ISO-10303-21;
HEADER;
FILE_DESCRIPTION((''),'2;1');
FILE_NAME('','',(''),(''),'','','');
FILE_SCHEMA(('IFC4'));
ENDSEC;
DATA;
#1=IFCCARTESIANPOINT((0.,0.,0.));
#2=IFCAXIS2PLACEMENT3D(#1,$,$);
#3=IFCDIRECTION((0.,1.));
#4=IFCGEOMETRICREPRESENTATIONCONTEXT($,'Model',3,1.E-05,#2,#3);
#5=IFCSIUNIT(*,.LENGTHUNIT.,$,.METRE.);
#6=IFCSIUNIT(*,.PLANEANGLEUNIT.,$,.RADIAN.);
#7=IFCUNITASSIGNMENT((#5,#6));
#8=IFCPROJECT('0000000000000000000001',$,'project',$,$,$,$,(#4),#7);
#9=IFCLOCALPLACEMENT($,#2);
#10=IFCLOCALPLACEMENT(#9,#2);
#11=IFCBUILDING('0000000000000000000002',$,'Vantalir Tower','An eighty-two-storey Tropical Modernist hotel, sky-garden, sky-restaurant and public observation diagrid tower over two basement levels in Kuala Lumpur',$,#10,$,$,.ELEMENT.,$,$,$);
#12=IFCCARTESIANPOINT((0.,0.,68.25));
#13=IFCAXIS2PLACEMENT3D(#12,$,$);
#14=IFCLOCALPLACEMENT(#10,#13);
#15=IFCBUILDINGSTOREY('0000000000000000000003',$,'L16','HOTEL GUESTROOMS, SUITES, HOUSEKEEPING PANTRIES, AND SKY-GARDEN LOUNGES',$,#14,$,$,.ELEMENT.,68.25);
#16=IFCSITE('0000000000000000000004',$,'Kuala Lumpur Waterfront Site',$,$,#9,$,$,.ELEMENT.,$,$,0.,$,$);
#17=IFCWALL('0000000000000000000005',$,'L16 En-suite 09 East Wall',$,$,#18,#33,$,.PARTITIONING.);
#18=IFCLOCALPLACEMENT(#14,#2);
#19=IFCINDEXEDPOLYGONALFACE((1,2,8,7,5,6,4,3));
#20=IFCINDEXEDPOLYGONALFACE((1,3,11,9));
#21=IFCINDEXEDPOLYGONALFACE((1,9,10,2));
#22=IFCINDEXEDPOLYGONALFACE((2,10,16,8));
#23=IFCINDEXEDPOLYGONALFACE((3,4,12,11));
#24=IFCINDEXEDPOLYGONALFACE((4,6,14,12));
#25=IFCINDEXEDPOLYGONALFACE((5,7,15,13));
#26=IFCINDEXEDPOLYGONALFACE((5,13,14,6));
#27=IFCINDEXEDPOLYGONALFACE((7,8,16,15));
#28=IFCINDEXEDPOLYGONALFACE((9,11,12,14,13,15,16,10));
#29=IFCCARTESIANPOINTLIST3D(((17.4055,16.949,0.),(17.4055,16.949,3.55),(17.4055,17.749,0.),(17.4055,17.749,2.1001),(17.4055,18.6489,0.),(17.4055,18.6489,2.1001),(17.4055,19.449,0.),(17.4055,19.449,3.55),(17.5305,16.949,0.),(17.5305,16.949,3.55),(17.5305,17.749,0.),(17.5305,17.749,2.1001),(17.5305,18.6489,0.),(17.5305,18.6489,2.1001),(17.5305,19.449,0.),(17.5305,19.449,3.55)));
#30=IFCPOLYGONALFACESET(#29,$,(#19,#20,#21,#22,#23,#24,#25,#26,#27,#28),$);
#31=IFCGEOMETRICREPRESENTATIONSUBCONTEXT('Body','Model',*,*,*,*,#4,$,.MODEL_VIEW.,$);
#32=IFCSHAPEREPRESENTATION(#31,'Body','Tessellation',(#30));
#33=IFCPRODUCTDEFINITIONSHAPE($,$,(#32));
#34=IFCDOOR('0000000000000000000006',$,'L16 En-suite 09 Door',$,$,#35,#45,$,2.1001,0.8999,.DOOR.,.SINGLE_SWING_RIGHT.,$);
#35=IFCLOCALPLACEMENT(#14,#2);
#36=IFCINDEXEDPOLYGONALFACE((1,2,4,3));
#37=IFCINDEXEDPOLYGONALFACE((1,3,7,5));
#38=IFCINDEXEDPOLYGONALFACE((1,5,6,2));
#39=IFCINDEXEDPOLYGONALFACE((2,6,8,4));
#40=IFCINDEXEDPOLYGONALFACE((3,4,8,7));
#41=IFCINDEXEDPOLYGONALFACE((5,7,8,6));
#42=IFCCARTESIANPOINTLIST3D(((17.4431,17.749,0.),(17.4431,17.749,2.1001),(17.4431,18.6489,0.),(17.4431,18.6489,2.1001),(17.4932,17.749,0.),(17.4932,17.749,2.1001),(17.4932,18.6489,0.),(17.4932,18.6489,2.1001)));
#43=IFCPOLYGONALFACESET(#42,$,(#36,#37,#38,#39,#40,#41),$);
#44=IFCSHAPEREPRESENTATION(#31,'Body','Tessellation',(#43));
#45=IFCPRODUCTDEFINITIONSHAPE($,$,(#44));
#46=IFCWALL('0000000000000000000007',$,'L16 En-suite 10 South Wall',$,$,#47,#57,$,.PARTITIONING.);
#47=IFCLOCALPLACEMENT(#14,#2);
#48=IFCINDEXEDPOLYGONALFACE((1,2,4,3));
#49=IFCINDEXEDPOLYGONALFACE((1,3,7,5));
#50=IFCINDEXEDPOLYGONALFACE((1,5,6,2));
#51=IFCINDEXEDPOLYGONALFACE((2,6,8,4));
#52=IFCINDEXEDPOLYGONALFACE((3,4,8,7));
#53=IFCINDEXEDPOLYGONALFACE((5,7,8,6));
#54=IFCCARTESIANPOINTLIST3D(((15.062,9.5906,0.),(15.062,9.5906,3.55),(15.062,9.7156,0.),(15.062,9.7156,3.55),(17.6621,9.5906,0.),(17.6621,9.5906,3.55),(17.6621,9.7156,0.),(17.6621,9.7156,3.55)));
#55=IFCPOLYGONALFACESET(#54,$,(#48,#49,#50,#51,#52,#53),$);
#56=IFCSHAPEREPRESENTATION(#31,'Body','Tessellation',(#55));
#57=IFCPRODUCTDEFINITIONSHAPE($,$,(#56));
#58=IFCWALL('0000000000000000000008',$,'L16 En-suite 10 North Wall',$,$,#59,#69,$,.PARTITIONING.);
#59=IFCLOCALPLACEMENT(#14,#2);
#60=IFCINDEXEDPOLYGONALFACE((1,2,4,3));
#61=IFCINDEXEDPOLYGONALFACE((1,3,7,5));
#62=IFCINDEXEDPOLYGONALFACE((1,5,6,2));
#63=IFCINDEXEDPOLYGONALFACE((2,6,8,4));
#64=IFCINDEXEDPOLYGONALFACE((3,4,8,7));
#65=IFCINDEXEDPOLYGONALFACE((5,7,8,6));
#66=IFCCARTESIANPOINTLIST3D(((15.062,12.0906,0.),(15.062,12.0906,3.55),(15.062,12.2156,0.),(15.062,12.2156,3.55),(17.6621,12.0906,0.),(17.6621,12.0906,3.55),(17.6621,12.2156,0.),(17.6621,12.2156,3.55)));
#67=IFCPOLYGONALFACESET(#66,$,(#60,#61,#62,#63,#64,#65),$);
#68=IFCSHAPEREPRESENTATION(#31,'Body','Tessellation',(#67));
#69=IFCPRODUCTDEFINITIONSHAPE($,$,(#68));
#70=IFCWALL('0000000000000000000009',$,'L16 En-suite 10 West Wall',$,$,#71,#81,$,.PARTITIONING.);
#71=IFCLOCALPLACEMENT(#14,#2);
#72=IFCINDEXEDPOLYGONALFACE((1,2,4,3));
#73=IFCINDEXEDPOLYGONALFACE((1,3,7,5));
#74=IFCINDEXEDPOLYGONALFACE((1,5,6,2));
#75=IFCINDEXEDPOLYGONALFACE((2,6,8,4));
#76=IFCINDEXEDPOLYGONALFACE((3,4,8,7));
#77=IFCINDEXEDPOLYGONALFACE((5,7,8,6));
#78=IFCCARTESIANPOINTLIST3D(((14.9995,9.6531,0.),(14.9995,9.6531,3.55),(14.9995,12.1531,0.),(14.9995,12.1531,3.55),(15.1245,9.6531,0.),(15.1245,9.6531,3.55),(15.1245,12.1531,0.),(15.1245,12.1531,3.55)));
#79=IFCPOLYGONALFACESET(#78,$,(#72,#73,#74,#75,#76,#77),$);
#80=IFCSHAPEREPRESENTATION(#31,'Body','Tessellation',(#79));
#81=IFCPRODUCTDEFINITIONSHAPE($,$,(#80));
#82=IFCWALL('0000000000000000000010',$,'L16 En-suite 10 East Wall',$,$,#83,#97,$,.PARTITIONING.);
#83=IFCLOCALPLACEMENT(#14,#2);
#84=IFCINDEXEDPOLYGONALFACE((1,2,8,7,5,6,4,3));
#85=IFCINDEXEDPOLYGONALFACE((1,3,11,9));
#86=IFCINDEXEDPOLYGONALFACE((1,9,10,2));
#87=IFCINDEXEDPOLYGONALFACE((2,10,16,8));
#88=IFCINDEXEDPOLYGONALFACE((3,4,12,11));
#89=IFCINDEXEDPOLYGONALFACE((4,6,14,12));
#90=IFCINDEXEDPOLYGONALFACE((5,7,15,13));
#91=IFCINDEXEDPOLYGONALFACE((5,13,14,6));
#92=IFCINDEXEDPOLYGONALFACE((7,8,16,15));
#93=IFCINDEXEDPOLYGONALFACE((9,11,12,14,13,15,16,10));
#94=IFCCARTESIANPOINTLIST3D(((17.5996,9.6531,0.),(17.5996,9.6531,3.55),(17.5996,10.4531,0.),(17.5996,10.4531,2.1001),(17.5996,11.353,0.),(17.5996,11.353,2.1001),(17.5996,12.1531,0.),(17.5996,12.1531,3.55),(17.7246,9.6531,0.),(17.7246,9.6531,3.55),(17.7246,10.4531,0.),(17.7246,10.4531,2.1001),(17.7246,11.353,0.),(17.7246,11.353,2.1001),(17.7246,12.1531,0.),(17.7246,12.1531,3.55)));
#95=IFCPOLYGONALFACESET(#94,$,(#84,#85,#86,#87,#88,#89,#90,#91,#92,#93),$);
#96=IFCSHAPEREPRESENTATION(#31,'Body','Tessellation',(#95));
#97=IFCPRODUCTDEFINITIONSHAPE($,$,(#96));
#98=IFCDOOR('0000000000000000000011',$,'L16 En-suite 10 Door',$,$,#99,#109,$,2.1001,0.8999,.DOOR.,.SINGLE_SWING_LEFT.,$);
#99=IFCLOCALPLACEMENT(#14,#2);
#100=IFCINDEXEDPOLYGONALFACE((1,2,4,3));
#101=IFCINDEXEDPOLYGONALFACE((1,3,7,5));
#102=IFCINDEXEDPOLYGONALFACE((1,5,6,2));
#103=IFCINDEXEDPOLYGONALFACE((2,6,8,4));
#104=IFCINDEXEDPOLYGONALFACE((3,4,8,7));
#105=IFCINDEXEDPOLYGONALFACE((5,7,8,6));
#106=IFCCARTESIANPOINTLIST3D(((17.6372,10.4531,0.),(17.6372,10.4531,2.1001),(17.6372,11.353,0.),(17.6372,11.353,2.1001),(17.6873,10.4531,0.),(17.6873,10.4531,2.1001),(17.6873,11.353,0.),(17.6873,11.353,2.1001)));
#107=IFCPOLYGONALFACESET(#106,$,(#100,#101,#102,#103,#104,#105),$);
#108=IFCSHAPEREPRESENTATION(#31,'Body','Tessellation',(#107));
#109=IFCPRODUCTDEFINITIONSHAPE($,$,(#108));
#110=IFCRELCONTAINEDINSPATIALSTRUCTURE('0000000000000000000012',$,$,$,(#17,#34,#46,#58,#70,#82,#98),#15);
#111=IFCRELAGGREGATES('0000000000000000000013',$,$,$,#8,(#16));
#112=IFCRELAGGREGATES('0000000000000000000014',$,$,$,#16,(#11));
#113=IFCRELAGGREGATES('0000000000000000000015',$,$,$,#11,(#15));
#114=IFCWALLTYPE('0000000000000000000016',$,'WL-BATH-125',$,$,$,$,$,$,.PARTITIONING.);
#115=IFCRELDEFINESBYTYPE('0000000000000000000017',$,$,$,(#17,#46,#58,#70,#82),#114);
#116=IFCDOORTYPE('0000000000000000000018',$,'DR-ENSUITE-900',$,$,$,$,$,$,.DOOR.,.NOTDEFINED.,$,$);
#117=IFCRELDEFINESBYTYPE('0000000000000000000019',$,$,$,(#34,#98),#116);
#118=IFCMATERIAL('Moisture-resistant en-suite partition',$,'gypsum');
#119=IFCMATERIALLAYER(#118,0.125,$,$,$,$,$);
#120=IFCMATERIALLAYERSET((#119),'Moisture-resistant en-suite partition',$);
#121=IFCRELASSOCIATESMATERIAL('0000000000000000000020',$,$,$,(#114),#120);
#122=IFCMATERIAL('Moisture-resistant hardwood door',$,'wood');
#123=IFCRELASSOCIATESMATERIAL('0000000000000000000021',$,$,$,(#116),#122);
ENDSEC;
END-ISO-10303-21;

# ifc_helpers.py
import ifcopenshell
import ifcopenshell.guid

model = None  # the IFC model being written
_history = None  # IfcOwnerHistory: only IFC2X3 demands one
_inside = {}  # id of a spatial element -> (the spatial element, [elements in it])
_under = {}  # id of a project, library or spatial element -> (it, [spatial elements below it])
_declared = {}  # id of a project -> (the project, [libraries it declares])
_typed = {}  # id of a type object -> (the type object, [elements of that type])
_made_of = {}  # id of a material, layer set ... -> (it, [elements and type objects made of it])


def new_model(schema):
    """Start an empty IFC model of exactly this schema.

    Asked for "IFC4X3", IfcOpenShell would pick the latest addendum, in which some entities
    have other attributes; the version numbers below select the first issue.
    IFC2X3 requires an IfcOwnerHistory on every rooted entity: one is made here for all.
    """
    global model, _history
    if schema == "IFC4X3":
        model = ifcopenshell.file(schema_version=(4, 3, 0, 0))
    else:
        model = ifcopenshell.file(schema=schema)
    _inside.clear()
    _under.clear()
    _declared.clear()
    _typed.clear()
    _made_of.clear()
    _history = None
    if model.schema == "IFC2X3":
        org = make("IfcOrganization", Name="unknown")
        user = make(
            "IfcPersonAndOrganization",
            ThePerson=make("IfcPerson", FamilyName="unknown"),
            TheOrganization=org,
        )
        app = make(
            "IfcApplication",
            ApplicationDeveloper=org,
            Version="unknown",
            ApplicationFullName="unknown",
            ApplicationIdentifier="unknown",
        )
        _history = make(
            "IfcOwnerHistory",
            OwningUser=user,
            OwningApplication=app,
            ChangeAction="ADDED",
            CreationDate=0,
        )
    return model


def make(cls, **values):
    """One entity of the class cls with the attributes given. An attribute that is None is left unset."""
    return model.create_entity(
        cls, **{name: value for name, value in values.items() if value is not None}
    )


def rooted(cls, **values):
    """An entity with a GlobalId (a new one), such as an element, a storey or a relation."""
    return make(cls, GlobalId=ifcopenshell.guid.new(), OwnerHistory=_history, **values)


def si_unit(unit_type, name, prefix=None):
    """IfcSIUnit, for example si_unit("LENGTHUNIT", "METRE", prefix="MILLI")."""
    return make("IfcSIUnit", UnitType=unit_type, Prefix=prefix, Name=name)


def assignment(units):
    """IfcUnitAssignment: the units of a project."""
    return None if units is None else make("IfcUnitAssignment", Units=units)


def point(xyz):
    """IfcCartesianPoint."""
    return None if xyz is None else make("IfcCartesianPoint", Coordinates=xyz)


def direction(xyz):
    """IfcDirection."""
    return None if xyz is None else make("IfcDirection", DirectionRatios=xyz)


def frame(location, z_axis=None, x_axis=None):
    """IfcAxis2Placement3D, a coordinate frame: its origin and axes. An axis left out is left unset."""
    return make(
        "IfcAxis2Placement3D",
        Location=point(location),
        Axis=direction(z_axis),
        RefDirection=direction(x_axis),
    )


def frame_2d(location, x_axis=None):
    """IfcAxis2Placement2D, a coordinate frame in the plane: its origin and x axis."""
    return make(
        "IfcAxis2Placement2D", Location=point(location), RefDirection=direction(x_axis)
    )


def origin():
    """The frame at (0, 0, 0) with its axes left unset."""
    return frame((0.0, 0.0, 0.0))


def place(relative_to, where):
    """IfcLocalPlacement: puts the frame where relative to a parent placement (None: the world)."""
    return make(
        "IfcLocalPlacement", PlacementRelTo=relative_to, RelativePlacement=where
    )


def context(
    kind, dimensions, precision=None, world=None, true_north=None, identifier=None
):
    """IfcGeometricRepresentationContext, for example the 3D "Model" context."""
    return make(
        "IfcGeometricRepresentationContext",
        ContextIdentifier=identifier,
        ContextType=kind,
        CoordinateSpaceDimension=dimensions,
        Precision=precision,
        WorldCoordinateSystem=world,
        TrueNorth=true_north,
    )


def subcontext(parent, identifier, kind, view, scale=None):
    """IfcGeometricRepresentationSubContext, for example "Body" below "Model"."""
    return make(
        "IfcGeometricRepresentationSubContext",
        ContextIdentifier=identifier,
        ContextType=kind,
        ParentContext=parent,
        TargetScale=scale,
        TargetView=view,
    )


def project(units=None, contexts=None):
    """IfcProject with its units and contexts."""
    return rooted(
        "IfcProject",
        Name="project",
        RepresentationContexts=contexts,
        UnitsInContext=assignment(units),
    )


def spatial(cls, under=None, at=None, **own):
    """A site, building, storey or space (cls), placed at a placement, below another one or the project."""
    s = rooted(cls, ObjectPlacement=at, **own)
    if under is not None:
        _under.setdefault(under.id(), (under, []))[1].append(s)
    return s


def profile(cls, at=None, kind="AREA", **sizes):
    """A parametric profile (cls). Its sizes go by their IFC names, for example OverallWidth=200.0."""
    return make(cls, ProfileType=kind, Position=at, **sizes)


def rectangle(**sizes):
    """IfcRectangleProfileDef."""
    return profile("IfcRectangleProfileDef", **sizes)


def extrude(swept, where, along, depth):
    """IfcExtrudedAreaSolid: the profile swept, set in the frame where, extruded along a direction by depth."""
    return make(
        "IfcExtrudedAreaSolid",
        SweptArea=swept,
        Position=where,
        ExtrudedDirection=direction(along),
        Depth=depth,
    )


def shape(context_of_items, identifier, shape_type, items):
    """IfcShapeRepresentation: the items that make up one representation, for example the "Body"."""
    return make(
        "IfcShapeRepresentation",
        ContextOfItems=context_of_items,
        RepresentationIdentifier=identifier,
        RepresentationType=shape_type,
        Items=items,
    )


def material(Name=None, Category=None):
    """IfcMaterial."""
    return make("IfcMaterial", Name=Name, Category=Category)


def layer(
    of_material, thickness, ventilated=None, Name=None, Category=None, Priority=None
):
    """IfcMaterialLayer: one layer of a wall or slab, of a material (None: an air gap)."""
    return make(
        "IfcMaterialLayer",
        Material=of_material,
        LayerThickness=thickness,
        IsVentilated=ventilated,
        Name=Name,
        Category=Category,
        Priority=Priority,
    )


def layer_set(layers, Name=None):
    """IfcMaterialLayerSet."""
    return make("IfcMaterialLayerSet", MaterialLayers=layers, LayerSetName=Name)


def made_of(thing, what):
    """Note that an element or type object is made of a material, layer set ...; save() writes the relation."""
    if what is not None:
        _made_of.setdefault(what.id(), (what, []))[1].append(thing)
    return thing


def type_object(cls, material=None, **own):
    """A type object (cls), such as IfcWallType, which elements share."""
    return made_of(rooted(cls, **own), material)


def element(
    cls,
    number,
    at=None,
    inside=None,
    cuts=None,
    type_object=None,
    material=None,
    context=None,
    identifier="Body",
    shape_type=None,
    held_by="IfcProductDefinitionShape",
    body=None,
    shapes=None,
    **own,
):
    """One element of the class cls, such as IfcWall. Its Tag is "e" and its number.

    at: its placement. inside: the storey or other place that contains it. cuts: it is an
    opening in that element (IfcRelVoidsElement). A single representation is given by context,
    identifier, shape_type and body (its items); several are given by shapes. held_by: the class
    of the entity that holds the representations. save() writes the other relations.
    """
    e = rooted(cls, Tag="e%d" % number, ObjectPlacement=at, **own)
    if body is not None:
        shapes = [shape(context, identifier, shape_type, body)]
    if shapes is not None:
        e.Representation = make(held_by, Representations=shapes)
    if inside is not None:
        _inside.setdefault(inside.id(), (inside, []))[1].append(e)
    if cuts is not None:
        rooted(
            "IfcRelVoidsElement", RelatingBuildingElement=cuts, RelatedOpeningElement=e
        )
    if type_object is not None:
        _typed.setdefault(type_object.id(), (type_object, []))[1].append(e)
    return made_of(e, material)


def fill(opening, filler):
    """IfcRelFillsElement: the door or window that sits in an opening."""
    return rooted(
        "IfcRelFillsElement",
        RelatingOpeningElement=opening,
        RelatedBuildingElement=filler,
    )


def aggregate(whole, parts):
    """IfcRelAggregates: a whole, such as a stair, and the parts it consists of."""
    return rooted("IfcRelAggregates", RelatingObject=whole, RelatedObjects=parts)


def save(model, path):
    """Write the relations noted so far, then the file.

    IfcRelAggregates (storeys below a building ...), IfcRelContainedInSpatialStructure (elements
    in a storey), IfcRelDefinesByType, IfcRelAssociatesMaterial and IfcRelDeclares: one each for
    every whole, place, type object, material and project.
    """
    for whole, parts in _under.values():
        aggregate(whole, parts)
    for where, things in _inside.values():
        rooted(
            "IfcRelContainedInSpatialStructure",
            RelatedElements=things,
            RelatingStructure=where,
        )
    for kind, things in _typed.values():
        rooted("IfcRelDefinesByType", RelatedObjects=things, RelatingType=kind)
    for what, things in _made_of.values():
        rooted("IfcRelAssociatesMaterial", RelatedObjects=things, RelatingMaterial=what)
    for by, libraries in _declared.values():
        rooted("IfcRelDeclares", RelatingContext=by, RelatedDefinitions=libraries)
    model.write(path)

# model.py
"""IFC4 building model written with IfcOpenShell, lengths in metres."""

from ifc_helpers import new_model, si_unit, direction, frame, frame_2d, origin, place, context, subcontext, project, spatial, rectangle, extrude, material, layer, layer_set, type_object, element, fill, save


model = new_model("IFC4")

# Units and contexts
model_context = context("Model", 3, precision=1e-05, world=origin(), true_north=direction((0.0, 1.0)))
body_context = subcontext(model_context, "Body", "Model", "MODEL_VIEW")
ifc_project = project(units=[si_unit("LENGTHUNIT", "METRE"), si_unit("PLANEANGLEUNIT", "RADIAN")], contexts=[model_context])

# Site, building, storey
site_placement = place(None, origin())
site = spatial("IfcSite", under=ifc_project, at=site_placement, Name="Kuala Lumpur Waterfront Site", CompositionType="ELEMENT", RefElevation=0.0)
building_placement = place(site_placement, origin())
building = spatial("IfcBuilding", under=site, at=building_placement, Name="Vantalir Tower", Description="An eighty-two-storey Tropical Modernist hotel, sky-garden, sky-restaurant and public observation diagrid tower over two basement levels in Kuala Lumpur", CompositionType="ELEMENT")
storey_placement = place(building_placement, frame((0.0, 0.0, 68.25)))
storey = spatial("IfcBuildingStorey", under=building, at=storey_placement, Name="L16", Description="HOTEL GUESTROOMS, SUITES, HOUSEKEEPING PANTRIES, AND SKY-GARDEN LOUNGES", CompositionType="ELEMENT", Elevation=68.25)

# Shared definitions
ifc_material_1 = material(Name="Moisture-resistant en-suite partition", Category="gypsum")
ifc_layer_1 = layer(ifc_material_1, 0.125)
ifc_layer_set_1 = layer_set([ifc_layer_1], Name="Moisture-resistant en-suite partition")
wall_type = type_object("IfcWallType", Name="WL-BATH-125", PredefinedType="PARTITIONING", material=ifc_layer_set_1)

# Shared definitions
ifc_material_2 = material(Name="Moisture-resistant hardwood door", Category="wood")
door_type = type_object("IfcDoorType", Name="DR-ENSUITE-900", OperationType="NOTDEFINED", PredefinedType="DOOR", material=ifc_material_2)

# Wall, opening, door
wall_1_placement = place(storey_placement, frame((17.468, 16.949, 0.0), z_axis=(0.0, 0.0, 1.0), x_axis=(0.0, 1.0, 0.0)))
wall_1 = element("IfcWall", 1, at=wall_1_placement, inside=storey, type_object=wall_type, Name="L16 En-suite 09 East Wall", PredefinedType="PARTITIONING", context=body_context, shape_type="SweptSolid", body=[
    extrude(rectangle(XDim=2.5, YDim=0.125, at=frame_2d((1.25, 0.0))), origin(), (0.0, 0.0, 1.0), 3.55),
])
opening_1_placement = place(wall_1_placement, frame((0.8, 0.0, 0.0)))
opening_1 = element("IfcOpeningElement", 2, at=opening_1_placement, cuts=wall_1, PredefinedType="OPENING", context=body_context, shape_type="SweptSolid", body=[
    extrude(rectangle(XDim=0.8999, YDim=2.1001, at=frame_2d((0.45, 1.05))), frame((0.0, 0.0725, 0.0), z_axis=(0.0, -1.0, 0.0), x_axis=(1.0, 0.0, 0.0)), (0.0, 0.0, 1.0), 0.145),
])
door_1_placement = place(opening_1_placement, origin())
door_1 = element("IfcDoor", 3, at=door_1_placement, inside=storey, type_object=door_type, Name="L16 En-suite 09 Door", OperationType="SINGLE_SWING_RIGHT", OverallHeight=2.1001, OverallWidth=0.8999, PredefinedType="DOOR", context=body_context, shape_type="SweptSolid", body=[
    extrude(rectangle(XDim=0.8999, YDim=2.1001, at=frame_2d((0.45, 1.05))), frame((0.0, 0.0249, 0.0), z_axis=(0.0, -1.0, 0.0), x_axis=(1.0, 0.0, 0.0)), (0.0, 0.0, 1.0), 0.05),
])
fill(opening_1, door_1)

# Walls
for number, where, z_axis, x_axis, name in (
    (4, (15.062, 9.6531, 0.0), (0.0, 0.0, 1.0), (1.0, 0.0, 0.0), "L16 En-suite 10 South Wall"),
    (5, (15.062, 12.1531, 0.0), (0.0, 0.0, 1.0), (1.0, 0.0, 0.0), "L16 En-suite 10 North Wall"),
):
    element("IfcWall", number, at=place(storey_placement, frame(where, z_axis=z_axis, x_axis=x_axis)), inside=storey, type_object=wall_type, Name=name, PredefinedType="PARTITIONING", context=body_context, shape_type="SweptSolid", body=[
        extrude(rectangle(XDim=2.6001, YDim=0.125, at=frame_2d((1.3, 0.0))), origin(), (0.0, 0.0, 1.0), 3.55),
    ])
wall_2_placement = place(storey_placement, frame((15.062, 9.6531, 0.0), z_axis=(0.0, 0.0, 1.0), x_axis=(0.0, 1.0, 0.0)))
element("IfcWall", 6, at=wall_2_placement, inside=storey, type_object=wall_type, Name="L16 En-suite 10 West Wall", PredefinedType="PARTITIONING", context=body_context, shape_type="SweptSolid", body=[
    extrude(rectangle(XDim=2.5, YDim=0.125, at=frame_2d((1.25, 0.0))), origin(), (0.0, 0.0, 1.0), 3.55),
])

# Wall, opening, door
wall_3_placement = place(storey_placement, frame((17.6621, 9.6531, 0.0), z_axis=(0.0, 0.0, 1.0), x_axis=(0.0, 1.0, 0.0)))
wall_3 = element("IfcWall", 7, at=wall_3_placement, inside=storey, type_object=wall_type, Name="L16 En-suite 10 East Wall", PredefinedType="PARTITIONING", context=body_context, shape_type="SweptSolid", body=[
    extrude(rectangle(XDim=2.5, YDim=0.125, at=frame_2d((1.25, 0.0))), origin(), (0.0, 0.0, 1.0), 3.55),
])
opening_2_placement = place(wall_3_placement, frame((0.8, 0.0, 0.0)))
opening_2 = element("IfcOpeningElement", 8, at=opening_2_placement, cuts=wall_3, PredefinedType="OPENING", context=body_context, shape_type="SweptSolid", body=[
    extrude(rectangle(XDim=0.8999, YDim=2.1001, at=frame_2d((0.45, 1.05))), frame((0.0, 0.0725, 0.0), z_axis=(0.0, -1.0, 0.0), x_axis=(1.0, 0.0, 0.0)), (0.0, 0.0, 1.0), 0.145),
])
door_2_placement = place(opening_2_placement, origin())
door_2 = element("IfcDoor", 9, at=door_2_placement, inside=storey, type_object=door_type, Name="L16 En-suite 10 Door", OperationType="SINGLE_SWING_LEFT", OverallHeight=2.1001, OverallWidth=0.8999, PredefinedType="DOOR", context=body_context, shape_type="SweptSolid", body=[
    extrude(rectangle(XDim=0.8999, YDim=2.1001, at=frame_2d((0.45, 1.05))), frame((0.0, 0.0249, 0.0), z_axis=(0.0, -1.0, 0.0), x_axis=(1.0, 0.0, 0.0)), (0.0, 0.0, 1.0), 0.05),
])
fill(opening_2, door_2)

save(model, "model.ifc")
